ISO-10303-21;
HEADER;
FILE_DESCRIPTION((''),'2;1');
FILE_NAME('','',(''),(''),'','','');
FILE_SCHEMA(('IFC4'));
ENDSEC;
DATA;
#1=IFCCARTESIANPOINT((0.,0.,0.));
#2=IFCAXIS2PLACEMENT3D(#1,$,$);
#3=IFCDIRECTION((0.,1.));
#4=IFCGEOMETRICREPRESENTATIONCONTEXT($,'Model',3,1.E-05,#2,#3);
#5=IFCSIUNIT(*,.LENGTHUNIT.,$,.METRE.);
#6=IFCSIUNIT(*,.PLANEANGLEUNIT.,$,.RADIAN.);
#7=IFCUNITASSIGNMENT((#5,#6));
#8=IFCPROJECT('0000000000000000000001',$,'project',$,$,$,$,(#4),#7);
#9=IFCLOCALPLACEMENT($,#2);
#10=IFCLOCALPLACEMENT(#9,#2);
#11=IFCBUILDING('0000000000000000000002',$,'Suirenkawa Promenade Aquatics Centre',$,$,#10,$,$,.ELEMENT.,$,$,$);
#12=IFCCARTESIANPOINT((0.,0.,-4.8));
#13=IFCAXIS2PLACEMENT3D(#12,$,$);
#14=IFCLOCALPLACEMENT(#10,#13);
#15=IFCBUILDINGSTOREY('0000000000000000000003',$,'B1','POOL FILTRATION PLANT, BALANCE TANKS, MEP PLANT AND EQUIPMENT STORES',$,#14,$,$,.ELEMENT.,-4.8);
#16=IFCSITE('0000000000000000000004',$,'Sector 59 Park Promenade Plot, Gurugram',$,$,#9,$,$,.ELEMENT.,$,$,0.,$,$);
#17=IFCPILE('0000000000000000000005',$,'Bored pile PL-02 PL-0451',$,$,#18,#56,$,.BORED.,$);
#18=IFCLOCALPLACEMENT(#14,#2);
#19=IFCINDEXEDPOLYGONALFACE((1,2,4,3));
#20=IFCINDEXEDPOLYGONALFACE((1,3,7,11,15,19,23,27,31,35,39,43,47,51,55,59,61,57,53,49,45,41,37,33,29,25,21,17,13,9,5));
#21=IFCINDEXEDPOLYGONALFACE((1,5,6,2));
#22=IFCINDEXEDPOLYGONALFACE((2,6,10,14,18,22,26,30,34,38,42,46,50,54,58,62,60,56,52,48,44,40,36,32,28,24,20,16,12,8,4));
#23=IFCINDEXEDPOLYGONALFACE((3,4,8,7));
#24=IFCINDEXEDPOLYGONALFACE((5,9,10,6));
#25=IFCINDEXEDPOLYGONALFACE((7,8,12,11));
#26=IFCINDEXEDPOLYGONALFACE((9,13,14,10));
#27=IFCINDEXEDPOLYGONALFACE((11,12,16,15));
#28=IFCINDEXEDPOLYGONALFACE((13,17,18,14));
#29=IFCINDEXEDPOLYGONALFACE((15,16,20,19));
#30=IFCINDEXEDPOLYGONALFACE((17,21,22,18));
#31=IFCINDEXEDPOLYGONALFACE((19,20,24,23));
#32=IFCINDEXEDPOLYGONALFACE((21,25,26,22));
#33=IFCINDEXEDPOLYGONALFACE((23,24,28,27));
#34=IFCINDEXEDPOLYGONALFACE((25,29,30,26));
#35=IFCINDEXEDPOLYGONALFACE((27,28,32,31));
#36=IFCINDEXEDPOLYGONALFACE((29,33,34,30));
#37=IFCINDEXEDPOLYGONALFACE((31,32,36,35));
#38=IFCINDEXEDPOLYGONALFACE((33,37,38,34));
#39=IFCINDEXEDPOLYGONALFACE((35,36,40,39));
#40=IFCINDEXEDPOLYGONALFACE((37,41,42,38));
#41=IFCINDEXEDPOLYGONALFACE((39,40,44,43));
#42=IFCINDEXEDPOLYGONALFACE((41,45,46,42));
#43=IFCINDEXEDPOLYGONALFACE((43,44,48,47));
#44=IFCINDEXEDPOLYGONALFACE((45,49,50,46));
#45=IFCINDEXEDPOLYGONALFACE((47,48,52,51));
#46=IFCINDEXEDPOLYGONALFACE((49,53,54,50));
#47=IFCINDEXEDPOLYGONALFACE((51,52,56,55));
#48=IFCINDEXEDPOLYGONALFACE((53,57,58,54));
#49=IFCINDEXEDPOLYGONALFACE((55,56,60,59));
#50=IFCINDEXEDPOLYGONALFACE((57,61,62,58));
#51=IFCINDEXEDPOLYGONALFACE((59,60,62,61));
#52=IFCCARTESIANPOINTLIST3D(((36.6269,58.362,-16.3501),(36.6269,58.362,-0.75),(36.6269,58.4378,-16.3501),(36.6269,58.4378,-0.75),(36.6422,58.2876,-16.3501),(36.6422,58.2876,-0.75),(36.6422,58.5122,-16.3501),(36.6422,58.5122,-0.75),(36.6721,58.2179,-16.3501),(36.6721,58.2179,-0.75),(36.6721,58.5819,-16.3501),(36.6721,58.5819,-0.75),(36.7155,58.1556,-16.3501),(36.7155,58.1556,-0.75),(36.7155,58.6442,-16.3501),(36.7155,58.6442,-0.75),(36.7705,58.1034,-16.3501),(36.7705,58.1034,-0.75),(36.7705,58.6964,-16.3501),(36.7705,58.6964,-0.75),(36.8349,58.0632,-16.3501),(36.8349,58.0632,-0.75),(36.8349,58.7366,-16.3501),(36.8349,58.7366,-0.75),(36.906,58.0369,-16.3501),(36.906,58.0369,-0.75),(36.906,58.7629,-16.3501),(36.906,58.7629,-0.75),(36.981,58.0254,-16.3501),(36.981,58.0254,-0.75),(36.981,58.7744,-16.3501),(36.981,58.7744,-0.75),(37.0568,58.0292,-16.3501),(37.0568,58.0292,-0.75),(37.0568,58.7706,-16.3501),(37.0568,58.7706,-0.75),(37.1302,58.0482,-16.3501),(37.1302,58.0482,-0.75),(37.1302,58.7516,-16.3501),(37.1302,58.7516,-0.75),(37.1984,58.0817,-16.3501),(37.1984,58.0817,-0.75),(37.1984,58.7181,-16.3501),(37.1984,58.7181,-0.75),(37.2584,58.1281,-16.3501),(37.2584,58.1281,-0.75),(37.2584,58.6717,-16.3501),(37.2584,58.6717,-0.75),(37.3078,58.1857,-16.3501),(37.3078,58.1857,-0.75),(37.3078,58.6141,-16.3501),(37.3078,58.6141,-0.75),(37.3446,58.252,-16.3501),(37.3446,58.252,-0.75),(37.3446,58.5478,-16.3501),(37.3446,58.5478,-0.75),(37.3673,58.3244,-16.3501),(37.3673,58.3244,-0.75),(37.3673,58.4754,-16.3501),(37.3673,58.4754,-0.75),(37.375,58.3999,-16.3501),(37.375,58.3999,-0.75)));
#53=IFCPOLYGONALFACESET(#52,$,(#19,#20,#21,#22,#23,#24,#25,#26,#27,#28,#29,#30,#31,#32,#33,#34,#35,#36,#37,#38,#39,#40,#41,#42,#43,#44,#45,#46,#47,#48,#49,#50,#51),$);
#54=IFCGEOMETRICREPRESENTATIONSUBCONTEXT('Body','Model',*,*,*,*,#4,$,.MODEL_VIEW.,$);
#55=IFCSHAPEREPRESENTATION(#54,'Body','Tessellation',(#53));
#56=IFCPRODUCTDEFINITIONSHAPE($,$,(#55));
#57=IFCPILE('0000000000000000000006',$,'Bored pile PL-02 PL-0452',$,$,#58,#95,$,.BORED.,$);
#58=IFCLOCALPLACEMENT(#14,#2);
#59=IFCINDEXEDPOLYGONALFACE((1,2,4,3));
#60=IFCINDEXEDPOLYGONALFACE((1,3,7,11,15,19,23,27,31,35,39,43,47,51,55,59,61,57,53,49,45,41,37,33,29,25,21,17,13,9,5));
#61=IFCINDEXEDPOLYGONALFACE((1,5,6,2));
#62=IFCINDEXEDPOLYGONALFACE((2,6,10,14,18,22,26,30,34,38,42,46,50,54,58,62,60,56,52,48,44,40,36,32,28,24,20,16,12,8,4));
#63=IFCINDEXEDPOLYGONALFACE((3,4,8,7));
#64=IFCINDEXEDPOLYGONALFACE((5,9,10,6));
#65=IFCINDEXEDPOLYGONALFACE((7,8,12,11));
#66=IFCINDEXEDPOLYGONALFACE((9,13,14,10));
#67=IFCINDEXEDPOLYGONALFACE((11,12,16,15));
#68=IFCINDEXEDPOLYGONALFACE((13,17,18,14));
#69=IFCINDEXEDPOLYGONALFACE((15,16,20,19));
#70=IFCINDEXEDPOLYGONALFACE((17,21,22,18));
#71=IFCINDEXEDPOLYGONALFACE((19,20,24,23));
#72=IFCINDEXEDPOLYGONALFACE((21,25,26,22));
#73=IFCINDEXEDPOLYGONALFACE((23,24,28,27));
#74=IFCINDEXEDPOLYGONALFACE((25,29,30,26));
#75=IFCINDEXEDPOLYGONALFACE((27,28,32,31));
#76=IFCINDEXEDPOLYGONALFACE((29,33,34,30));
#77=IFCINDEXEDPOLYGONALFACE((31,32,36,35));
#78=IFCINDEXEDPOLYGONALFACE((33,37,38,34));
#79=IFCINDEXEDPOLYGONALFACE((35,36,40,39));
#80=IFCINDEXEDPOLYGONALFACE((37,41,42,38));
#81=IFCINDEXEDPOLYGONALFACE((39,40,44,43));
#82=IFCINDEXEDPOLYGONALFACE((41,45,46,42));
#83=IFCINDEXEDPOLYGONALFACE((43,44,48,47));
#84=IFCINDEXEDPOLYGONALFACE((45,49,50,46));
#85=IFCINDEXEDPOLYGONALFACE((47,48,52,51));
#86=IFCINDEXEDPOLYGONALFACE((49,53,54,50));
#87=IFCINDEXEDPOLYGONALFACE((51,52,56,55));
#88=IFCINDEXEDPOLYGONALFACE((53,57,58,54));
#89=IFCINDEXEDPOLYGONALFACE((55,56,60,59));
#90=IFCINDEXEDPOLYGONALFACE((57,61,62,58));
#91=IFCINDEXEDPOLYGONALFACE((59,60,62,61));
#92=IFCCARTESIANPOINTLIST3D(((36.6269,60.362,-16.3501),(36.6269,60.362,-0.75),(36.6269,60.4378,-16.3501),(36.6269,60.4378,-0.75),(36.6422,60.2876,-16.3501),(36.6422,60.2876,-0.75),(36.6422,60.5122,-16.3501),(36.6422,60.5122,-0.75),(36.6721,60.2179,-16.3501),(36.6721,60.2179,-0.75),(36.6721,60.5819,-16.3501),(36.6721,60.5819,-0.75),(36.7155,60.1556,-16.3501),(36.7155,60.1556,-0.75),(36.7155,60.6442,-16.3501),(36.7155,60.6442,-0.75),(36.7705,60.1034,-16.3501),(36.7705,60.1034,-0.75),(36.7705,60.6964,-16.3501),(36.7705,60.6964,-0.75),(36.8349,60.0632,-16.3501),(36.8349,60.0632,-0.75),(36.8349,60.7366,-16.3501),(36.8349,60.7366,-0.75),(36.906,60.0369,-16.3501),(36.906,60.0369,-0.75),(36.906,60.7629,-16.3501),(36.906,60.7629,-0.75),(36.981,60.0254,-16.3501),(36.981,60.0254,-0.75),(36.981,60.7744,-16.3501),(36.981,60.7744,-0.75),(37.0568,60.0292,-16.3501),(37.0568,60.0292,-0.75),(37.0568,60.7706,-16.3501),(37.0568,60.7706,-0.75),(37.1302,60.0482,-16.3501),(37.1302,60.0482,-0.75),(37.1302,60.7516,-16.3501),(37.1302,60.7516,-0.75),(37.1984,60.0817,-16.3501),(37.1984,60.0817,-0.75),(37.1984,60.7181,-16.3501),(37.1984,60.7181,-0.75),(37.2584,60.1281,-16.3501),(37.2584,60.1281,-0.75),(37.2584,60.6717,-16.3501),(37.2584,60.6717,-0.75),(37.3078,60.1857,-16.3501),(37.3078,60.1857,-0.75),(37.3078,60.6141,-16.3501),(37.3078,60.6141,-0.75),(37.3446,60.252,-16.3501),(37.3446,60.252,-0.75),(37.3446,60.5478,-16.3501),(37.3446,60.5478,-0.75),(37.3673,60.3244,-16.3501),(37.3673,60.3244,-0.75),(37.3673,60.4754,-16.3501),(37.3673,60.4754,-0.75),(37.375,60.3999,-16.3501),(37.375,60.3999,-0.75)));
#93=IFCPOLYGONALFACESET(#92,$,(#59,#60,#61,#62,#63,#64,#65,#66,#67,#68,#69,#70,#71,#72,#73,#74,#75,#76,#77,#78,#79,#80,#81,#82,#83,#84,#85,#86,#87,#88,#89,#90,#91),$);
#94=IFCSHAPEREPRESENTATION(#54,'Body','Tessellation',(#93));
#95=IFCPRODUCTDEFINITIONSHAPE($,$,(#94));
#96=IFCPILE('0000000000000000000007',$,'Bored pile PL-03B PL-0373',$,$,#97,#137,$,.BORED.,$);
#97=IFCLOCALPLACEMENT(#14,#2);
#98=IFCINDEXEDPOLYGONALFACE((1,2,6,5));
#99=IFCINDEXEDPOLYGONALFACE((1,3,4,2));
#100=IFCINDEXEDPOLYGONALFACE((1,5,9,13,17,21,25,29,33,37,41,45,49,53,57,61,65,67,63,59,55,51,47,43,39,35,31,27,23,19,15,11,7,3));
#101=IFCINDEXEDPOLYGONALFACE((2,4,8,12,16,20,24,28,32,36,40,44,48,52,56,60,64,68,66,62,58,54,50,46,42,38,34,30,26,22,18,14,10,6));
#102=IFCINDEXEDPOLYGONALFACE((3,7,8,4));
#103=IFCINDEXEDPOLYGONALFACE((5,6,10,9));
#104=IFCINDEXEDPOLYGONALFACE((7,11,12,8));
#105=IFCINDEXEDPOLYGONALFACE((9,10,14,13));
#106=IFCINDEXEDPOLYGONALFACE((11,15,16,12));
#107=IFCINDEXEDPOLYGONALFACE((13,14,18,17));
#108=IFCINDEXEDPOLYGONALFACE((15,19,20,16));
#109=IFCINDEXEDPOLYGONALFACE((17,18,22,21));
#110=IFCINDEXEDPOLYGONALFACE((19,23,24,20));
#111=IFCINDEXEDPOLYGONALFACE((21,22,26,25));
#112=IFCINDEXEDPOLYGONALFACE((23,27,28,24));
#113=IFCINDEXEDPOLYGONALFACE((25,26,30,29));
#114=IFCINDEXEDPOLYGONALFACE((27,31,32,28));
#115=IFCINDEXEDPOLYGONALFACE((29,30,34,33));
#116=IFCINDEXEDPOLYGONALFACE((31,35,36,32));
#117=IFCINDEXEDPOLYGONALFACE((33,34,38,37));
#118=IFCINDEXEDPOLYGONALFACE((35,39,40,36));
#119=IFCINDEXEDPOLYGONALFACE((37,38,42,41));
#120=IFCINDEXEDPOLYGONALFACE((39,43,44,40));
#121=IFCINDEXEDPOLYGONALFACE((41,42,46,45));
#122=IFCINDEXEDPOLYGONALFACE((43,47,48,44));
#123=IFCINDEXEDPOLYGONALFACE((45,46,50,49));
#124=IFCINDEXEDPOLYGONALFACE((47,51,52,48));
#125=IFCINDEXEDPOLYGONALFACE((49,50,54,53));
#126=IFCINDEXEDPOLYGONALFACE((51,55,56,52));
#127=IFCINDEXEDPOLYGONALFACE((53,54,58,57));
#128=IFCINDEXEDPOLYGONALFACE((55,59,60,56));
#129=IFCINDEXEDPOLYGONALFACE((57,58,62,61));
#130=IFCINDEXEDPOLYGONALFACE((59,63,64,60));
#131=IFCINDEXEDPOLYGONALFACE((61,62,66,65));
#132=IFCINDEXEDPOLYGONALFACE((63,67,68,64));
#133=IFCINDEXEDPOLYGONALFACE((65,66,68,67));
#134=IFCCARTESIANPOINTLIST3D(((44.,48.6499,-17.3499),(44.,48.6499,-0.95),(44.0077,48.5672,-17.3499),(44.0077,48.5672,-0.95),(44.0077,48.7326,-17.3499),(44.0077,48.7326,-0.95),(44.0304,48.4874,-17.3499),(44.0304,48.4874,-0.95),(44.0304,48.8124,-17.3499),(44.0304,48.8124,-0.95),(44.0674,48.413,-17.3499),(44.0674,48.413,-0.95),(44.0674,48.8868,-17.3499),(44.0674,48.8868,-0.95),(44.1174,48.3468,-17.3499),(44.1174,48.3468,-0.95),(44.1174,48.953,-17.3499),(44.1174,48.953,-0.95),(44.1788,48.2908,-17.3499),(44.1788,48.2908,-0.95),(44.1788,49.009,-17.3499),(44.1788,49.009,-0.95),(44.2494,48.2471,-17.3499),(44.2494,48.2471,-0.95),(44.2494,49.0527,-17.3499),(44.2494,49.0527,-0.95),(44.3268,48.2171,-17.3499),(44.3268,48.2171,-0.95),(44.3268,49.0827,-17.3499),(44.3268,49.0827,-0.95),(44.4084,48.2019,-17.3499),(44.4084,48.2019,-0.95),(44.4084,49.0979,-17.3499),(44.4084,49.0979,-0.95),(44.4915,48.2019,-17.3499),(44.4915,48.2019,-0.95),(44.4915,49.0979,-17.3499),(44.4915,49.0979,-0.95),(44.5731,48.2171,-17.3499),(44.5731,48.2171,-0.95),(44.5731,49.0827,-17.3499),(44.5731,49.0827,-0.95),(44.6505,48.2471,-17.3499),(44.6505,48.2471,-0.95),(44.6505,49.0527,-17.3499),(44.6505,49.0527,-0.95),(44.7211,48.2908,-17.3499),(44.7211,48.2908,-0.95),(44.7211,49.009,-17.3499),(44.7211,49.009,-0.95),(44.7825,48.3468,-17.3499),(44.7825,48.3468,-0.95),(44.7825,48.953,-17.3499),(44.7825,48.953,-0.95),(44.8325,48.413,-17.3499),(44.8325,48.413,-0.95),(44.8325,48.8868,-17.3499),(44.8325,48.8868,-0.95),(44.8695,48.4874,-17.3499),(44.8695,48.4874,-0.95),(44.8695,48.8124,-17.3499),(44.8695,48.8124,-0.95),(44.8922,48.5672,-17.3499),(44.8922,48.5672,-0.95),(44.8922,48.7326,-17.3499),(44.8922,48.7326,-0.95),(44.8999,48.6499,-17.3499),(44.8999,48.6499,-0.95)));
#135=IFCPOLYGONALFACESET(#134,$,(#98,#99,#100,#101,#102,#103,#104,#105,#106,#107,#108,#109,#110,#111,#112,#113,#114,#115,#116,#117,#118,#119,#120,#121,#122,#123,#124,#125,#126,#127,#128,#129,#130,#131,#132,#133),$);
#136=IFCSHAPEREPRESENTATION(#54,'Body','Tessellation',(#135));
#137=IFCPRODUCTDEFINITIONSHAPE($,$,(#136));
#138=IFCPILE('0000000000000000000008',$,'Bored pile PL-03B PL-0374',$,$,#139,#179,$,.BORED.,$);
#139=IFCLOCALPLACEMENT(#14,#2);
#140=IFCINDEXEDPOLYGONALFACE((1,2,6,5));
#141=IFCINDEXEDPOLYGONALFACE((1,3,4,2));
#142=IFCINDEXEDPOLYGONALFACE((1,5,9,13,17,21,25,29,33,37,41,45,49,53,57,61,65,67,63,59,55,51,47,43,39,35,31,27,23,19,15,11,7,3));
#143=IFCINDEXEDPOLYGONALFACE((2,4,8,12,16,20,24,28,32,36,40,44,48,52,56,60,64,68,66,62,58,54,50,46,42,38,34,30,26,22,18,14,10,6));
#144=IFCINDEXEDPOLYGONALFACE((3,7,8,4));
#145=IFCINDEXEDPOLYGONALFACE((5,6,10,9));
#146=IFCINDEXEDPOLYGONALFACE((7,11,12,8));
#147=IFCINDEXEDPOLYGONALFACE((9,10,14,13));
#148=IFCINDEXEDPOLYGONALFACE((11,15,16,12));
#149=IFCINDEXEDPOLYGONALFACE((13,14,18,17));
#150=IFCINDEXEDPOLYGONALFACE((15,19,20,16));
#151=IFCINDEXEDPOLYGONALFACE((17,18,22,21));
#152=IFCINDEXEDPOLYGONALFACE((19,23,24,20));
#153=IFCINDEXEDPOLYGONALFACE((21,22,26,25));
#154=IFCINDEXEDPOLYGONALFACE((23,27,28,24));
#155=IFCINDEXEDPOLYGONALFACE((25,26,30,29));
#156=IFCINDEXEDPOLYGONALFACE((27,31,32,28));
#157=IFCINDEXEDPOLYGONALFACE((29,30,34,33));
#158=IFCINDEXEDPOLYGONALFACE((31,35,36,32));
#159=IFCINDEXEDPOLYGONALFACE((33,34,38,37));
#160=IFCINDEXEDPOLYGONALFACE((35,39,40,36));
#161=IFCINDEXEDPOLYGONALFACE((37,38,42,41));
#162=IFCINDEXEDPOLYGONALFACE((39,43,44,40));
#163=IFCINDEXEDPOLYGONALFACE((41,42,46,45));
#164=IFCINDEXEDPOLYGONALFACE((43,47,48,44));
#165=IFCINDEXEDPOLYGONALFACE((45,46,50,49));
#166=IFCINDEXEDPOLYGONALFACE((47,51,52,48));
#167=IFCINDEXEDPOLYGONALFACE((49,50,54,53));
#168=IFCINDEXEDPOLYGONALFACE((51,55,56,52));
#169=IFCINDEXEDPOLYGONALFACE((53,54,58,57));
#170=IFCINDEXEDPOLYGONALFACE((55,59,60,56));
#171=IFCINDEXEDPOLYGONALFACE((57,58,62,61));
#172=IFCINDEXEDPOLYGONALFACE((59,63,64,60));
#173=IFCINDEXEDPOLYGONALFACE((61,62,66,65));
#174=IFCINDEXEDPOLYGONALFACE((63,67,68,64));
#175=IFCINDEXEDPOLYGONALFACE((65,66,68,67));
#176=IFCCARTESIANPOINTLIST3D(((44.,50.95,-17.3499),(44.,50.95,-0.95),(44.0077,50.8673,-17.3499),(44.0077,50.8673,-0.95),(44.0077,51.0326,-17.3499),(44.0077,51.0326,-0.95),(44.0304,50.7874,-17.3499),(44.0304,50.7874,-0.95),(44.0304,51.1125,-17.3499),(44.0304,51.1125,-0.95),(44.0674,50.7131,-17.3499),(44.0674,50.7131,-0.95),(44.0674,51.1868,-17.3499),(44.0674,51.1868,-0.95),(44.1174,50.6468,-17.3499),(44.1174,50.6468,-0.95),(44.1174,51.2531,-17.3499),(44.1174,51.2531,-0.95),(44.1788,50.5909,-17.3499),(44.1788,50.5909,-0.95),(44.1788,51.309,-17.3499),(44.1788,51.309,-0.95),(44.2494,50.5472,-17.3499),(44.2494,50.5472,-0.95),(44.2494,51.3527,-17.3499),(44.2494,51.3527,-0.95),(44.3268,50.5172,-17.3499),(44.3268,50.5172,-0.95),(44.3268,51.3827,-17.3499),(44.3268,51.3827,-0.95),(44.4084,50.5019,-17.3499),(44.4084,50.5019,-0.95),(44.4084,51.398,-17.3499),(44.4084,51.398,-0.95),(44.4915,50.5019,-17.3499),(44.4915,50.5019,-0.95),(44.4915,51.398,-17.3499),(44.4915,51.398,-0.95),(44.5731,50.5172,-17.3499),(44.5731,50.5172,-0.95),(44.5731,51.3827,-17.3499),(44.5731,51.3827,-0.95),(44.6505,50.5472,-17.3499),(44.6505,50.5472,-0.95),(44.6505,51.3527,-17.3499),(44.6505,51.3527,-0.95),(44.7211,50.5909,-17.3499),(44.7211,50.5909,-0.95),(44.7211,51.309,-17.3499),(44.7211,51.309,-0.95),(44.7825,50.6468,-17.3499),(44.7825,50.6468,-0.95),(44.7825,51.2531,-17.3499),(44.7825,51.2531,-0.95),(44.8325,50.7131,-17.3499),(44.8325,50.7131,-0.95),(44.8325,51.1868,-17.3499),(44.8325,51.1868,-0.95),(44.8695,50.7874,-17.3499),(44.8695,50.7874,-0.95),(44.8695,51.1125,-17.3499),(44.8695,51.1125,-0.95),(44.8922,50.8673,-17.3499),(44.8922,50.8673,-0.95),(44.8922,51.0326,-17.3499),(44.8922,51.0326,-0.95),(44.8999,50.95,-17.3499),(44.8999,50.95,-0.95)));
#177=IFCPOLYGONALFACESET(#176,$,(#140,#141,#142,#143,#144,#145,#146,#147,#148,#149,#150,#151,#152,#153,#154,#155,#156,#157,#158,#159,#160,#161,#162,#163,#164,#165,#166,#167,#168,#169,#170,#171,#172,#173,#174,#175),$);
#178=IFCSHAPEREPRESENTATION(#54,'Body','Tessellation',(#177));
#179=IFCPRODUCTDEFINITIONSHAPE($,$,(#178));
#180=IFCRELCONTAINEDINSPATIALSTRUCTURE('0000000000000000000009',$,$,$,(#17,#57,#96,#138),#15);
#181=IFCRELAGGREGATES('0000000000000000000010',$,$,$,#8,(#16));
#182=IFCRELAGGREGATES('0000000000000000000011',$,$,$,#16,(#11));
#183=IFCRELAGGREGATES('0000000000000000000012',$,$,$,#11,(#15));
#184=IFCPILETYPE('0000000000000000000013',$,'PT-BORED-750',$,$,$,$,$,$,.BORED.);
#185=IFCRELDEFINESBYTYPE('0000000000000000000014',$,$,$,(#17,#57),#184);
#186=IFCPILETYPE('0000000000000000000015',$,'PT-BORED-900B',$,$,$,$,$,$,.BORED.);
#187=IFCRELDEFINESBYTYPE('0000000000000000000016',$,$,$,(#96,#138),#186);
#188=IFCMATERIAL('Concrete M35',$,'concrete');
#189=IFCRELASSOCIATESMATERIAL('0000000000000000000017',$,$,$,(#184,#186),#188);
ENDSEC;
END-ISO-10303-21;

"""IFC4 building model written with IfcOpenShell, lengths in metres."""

from ifc_helpers import new_model, si_unit, direction, frame, origin, origin_2d, place, context, subcontext, project, spatial, circle, extrude, material, material_profile, profile_set, type_object, element, save


model = new_model("IFC4")

# Units and contexts
model_context = context("Model", 3, precision=1e-05, world=origin(), true_north=direction((0.0, 1.0)))
body_context = subcontext(model_context, "Body", "Model", "MODEL_VIEW")
ifc_project = project(units=[si_unit("LENGTHUNIT", "METRE"), si_unit("PLANEANGLEUNIT", "RADIAN")], contexts=[model_context])

# Site, building, storey
site_placement = place(None, origin())
site = spatial("IfcSite", under=ifc_project, at=site_placement, Name="Sector 59 Park Promenade Plot, Gurugram", CompositionType="ELEMENT", RefElevation=0.0)
building_placement = place(site_placement, origin())
building = spatial("IfcBuilding", under=site, at=building_placement, Name="Suirenkawa Promenade Aquatics Centre", CompositionType="ELEMENT")
storey_placement = place(building_placement, frame((0.0, 0.0, -4.8)))
storey = spatial("IfcBuildingStorey", under=building, at=storey_placement, Name="B1", Description="POOL FILTRATION PLANT, BALANCE TANKS, MEP PLANT AND EQUIPMENT STORES", CompositionType="ELEMENT", Elevation=-4.8)

# Shared definitions
ifc_material_1 = material(Name="Concrete M35", Category="concrete")

# Piles
ifc_material_profile_1 = material_profile(ifc_material_1, circle(Radius=0.375, at=origin_2d()), Name="PILE D750", Category="concrete")
ifc_profile_set_1 = profile_set([ifc_material_profile_1], Name="Concrete M35")
pile_type_1 = type_object("IfcPileType", Name="PT-BORED-750", PredefinedType="BORED", material=ifc_profile_set_1)
for number, where, z_axis, x_axis, name in (
    (1, (37.0, 58.3999, -0.75), (0.0, 0.0, -1.0), (1.0, 0.0, 0.0), "Bored pile PL-02 PL-0451"),
    (2, (37.0, 60.3999, -0.75), (0.0, 0.0, -1.0), (1.0, 0.0, 0.0), "Bored pile PL-02 PL-0452"),
):
    element("IfcPile", number, at=place(storey_placement, frame(where, z_axis=z_axis, x_axis=x_axis)), inside=storey, type_object=pile_type_1, Name=name, PredefinedType="BORED", context=body_context, shape_type="SweptSolid", body=[
        extrude(circle(Radius=0.375, at=origin_2d()), origin(), (0.0, 0.0, 1.0), 15.6001),
    ])
ifc_material_profile_2 = material_profile(ifc_material_1, circle(Radius=0.45, at=origin_2d()), Name="PILE D900", Category="concrete")
ifc_profile_set_2 = profile_set([ifc_material_profile_2], Name="Concrete M35")
pile_type_2 = type_object("IfcPileType", Name="PT-BORED-900B", PredefinedType="BORED", material=ifc_profile_set_2)
for number, where, z_axis, x_axis, name in (
    (3, (44.45, 48.6499, -0.95), (0.0, 0.0, -1.0), (1.0, 0.0, 0.0), "Bored pile PL-03B PL-0373"),
    (4, (44.45, 50.95, -0.95), (0.0, 0.0, -1.0), (1.0, 0.0, 0.0), "Bored pile PL-03B PL-0374"),
):
    element("IfcPile", number, at=place(storey_placement, frame(where, z_axis=z_axis, x_axis=x_axis)), inside=storey, type_object=pile_type_2, Name=name, PredefinedType="BORED", context=body_context, shape_type="SweptSolid", body=[
        extrude(circle(Radius=0.45, at=origin_2d()), origin(), (0.0, 0.0, 1.0), 16.3999),
    ])

save(model, "model.ifc")
